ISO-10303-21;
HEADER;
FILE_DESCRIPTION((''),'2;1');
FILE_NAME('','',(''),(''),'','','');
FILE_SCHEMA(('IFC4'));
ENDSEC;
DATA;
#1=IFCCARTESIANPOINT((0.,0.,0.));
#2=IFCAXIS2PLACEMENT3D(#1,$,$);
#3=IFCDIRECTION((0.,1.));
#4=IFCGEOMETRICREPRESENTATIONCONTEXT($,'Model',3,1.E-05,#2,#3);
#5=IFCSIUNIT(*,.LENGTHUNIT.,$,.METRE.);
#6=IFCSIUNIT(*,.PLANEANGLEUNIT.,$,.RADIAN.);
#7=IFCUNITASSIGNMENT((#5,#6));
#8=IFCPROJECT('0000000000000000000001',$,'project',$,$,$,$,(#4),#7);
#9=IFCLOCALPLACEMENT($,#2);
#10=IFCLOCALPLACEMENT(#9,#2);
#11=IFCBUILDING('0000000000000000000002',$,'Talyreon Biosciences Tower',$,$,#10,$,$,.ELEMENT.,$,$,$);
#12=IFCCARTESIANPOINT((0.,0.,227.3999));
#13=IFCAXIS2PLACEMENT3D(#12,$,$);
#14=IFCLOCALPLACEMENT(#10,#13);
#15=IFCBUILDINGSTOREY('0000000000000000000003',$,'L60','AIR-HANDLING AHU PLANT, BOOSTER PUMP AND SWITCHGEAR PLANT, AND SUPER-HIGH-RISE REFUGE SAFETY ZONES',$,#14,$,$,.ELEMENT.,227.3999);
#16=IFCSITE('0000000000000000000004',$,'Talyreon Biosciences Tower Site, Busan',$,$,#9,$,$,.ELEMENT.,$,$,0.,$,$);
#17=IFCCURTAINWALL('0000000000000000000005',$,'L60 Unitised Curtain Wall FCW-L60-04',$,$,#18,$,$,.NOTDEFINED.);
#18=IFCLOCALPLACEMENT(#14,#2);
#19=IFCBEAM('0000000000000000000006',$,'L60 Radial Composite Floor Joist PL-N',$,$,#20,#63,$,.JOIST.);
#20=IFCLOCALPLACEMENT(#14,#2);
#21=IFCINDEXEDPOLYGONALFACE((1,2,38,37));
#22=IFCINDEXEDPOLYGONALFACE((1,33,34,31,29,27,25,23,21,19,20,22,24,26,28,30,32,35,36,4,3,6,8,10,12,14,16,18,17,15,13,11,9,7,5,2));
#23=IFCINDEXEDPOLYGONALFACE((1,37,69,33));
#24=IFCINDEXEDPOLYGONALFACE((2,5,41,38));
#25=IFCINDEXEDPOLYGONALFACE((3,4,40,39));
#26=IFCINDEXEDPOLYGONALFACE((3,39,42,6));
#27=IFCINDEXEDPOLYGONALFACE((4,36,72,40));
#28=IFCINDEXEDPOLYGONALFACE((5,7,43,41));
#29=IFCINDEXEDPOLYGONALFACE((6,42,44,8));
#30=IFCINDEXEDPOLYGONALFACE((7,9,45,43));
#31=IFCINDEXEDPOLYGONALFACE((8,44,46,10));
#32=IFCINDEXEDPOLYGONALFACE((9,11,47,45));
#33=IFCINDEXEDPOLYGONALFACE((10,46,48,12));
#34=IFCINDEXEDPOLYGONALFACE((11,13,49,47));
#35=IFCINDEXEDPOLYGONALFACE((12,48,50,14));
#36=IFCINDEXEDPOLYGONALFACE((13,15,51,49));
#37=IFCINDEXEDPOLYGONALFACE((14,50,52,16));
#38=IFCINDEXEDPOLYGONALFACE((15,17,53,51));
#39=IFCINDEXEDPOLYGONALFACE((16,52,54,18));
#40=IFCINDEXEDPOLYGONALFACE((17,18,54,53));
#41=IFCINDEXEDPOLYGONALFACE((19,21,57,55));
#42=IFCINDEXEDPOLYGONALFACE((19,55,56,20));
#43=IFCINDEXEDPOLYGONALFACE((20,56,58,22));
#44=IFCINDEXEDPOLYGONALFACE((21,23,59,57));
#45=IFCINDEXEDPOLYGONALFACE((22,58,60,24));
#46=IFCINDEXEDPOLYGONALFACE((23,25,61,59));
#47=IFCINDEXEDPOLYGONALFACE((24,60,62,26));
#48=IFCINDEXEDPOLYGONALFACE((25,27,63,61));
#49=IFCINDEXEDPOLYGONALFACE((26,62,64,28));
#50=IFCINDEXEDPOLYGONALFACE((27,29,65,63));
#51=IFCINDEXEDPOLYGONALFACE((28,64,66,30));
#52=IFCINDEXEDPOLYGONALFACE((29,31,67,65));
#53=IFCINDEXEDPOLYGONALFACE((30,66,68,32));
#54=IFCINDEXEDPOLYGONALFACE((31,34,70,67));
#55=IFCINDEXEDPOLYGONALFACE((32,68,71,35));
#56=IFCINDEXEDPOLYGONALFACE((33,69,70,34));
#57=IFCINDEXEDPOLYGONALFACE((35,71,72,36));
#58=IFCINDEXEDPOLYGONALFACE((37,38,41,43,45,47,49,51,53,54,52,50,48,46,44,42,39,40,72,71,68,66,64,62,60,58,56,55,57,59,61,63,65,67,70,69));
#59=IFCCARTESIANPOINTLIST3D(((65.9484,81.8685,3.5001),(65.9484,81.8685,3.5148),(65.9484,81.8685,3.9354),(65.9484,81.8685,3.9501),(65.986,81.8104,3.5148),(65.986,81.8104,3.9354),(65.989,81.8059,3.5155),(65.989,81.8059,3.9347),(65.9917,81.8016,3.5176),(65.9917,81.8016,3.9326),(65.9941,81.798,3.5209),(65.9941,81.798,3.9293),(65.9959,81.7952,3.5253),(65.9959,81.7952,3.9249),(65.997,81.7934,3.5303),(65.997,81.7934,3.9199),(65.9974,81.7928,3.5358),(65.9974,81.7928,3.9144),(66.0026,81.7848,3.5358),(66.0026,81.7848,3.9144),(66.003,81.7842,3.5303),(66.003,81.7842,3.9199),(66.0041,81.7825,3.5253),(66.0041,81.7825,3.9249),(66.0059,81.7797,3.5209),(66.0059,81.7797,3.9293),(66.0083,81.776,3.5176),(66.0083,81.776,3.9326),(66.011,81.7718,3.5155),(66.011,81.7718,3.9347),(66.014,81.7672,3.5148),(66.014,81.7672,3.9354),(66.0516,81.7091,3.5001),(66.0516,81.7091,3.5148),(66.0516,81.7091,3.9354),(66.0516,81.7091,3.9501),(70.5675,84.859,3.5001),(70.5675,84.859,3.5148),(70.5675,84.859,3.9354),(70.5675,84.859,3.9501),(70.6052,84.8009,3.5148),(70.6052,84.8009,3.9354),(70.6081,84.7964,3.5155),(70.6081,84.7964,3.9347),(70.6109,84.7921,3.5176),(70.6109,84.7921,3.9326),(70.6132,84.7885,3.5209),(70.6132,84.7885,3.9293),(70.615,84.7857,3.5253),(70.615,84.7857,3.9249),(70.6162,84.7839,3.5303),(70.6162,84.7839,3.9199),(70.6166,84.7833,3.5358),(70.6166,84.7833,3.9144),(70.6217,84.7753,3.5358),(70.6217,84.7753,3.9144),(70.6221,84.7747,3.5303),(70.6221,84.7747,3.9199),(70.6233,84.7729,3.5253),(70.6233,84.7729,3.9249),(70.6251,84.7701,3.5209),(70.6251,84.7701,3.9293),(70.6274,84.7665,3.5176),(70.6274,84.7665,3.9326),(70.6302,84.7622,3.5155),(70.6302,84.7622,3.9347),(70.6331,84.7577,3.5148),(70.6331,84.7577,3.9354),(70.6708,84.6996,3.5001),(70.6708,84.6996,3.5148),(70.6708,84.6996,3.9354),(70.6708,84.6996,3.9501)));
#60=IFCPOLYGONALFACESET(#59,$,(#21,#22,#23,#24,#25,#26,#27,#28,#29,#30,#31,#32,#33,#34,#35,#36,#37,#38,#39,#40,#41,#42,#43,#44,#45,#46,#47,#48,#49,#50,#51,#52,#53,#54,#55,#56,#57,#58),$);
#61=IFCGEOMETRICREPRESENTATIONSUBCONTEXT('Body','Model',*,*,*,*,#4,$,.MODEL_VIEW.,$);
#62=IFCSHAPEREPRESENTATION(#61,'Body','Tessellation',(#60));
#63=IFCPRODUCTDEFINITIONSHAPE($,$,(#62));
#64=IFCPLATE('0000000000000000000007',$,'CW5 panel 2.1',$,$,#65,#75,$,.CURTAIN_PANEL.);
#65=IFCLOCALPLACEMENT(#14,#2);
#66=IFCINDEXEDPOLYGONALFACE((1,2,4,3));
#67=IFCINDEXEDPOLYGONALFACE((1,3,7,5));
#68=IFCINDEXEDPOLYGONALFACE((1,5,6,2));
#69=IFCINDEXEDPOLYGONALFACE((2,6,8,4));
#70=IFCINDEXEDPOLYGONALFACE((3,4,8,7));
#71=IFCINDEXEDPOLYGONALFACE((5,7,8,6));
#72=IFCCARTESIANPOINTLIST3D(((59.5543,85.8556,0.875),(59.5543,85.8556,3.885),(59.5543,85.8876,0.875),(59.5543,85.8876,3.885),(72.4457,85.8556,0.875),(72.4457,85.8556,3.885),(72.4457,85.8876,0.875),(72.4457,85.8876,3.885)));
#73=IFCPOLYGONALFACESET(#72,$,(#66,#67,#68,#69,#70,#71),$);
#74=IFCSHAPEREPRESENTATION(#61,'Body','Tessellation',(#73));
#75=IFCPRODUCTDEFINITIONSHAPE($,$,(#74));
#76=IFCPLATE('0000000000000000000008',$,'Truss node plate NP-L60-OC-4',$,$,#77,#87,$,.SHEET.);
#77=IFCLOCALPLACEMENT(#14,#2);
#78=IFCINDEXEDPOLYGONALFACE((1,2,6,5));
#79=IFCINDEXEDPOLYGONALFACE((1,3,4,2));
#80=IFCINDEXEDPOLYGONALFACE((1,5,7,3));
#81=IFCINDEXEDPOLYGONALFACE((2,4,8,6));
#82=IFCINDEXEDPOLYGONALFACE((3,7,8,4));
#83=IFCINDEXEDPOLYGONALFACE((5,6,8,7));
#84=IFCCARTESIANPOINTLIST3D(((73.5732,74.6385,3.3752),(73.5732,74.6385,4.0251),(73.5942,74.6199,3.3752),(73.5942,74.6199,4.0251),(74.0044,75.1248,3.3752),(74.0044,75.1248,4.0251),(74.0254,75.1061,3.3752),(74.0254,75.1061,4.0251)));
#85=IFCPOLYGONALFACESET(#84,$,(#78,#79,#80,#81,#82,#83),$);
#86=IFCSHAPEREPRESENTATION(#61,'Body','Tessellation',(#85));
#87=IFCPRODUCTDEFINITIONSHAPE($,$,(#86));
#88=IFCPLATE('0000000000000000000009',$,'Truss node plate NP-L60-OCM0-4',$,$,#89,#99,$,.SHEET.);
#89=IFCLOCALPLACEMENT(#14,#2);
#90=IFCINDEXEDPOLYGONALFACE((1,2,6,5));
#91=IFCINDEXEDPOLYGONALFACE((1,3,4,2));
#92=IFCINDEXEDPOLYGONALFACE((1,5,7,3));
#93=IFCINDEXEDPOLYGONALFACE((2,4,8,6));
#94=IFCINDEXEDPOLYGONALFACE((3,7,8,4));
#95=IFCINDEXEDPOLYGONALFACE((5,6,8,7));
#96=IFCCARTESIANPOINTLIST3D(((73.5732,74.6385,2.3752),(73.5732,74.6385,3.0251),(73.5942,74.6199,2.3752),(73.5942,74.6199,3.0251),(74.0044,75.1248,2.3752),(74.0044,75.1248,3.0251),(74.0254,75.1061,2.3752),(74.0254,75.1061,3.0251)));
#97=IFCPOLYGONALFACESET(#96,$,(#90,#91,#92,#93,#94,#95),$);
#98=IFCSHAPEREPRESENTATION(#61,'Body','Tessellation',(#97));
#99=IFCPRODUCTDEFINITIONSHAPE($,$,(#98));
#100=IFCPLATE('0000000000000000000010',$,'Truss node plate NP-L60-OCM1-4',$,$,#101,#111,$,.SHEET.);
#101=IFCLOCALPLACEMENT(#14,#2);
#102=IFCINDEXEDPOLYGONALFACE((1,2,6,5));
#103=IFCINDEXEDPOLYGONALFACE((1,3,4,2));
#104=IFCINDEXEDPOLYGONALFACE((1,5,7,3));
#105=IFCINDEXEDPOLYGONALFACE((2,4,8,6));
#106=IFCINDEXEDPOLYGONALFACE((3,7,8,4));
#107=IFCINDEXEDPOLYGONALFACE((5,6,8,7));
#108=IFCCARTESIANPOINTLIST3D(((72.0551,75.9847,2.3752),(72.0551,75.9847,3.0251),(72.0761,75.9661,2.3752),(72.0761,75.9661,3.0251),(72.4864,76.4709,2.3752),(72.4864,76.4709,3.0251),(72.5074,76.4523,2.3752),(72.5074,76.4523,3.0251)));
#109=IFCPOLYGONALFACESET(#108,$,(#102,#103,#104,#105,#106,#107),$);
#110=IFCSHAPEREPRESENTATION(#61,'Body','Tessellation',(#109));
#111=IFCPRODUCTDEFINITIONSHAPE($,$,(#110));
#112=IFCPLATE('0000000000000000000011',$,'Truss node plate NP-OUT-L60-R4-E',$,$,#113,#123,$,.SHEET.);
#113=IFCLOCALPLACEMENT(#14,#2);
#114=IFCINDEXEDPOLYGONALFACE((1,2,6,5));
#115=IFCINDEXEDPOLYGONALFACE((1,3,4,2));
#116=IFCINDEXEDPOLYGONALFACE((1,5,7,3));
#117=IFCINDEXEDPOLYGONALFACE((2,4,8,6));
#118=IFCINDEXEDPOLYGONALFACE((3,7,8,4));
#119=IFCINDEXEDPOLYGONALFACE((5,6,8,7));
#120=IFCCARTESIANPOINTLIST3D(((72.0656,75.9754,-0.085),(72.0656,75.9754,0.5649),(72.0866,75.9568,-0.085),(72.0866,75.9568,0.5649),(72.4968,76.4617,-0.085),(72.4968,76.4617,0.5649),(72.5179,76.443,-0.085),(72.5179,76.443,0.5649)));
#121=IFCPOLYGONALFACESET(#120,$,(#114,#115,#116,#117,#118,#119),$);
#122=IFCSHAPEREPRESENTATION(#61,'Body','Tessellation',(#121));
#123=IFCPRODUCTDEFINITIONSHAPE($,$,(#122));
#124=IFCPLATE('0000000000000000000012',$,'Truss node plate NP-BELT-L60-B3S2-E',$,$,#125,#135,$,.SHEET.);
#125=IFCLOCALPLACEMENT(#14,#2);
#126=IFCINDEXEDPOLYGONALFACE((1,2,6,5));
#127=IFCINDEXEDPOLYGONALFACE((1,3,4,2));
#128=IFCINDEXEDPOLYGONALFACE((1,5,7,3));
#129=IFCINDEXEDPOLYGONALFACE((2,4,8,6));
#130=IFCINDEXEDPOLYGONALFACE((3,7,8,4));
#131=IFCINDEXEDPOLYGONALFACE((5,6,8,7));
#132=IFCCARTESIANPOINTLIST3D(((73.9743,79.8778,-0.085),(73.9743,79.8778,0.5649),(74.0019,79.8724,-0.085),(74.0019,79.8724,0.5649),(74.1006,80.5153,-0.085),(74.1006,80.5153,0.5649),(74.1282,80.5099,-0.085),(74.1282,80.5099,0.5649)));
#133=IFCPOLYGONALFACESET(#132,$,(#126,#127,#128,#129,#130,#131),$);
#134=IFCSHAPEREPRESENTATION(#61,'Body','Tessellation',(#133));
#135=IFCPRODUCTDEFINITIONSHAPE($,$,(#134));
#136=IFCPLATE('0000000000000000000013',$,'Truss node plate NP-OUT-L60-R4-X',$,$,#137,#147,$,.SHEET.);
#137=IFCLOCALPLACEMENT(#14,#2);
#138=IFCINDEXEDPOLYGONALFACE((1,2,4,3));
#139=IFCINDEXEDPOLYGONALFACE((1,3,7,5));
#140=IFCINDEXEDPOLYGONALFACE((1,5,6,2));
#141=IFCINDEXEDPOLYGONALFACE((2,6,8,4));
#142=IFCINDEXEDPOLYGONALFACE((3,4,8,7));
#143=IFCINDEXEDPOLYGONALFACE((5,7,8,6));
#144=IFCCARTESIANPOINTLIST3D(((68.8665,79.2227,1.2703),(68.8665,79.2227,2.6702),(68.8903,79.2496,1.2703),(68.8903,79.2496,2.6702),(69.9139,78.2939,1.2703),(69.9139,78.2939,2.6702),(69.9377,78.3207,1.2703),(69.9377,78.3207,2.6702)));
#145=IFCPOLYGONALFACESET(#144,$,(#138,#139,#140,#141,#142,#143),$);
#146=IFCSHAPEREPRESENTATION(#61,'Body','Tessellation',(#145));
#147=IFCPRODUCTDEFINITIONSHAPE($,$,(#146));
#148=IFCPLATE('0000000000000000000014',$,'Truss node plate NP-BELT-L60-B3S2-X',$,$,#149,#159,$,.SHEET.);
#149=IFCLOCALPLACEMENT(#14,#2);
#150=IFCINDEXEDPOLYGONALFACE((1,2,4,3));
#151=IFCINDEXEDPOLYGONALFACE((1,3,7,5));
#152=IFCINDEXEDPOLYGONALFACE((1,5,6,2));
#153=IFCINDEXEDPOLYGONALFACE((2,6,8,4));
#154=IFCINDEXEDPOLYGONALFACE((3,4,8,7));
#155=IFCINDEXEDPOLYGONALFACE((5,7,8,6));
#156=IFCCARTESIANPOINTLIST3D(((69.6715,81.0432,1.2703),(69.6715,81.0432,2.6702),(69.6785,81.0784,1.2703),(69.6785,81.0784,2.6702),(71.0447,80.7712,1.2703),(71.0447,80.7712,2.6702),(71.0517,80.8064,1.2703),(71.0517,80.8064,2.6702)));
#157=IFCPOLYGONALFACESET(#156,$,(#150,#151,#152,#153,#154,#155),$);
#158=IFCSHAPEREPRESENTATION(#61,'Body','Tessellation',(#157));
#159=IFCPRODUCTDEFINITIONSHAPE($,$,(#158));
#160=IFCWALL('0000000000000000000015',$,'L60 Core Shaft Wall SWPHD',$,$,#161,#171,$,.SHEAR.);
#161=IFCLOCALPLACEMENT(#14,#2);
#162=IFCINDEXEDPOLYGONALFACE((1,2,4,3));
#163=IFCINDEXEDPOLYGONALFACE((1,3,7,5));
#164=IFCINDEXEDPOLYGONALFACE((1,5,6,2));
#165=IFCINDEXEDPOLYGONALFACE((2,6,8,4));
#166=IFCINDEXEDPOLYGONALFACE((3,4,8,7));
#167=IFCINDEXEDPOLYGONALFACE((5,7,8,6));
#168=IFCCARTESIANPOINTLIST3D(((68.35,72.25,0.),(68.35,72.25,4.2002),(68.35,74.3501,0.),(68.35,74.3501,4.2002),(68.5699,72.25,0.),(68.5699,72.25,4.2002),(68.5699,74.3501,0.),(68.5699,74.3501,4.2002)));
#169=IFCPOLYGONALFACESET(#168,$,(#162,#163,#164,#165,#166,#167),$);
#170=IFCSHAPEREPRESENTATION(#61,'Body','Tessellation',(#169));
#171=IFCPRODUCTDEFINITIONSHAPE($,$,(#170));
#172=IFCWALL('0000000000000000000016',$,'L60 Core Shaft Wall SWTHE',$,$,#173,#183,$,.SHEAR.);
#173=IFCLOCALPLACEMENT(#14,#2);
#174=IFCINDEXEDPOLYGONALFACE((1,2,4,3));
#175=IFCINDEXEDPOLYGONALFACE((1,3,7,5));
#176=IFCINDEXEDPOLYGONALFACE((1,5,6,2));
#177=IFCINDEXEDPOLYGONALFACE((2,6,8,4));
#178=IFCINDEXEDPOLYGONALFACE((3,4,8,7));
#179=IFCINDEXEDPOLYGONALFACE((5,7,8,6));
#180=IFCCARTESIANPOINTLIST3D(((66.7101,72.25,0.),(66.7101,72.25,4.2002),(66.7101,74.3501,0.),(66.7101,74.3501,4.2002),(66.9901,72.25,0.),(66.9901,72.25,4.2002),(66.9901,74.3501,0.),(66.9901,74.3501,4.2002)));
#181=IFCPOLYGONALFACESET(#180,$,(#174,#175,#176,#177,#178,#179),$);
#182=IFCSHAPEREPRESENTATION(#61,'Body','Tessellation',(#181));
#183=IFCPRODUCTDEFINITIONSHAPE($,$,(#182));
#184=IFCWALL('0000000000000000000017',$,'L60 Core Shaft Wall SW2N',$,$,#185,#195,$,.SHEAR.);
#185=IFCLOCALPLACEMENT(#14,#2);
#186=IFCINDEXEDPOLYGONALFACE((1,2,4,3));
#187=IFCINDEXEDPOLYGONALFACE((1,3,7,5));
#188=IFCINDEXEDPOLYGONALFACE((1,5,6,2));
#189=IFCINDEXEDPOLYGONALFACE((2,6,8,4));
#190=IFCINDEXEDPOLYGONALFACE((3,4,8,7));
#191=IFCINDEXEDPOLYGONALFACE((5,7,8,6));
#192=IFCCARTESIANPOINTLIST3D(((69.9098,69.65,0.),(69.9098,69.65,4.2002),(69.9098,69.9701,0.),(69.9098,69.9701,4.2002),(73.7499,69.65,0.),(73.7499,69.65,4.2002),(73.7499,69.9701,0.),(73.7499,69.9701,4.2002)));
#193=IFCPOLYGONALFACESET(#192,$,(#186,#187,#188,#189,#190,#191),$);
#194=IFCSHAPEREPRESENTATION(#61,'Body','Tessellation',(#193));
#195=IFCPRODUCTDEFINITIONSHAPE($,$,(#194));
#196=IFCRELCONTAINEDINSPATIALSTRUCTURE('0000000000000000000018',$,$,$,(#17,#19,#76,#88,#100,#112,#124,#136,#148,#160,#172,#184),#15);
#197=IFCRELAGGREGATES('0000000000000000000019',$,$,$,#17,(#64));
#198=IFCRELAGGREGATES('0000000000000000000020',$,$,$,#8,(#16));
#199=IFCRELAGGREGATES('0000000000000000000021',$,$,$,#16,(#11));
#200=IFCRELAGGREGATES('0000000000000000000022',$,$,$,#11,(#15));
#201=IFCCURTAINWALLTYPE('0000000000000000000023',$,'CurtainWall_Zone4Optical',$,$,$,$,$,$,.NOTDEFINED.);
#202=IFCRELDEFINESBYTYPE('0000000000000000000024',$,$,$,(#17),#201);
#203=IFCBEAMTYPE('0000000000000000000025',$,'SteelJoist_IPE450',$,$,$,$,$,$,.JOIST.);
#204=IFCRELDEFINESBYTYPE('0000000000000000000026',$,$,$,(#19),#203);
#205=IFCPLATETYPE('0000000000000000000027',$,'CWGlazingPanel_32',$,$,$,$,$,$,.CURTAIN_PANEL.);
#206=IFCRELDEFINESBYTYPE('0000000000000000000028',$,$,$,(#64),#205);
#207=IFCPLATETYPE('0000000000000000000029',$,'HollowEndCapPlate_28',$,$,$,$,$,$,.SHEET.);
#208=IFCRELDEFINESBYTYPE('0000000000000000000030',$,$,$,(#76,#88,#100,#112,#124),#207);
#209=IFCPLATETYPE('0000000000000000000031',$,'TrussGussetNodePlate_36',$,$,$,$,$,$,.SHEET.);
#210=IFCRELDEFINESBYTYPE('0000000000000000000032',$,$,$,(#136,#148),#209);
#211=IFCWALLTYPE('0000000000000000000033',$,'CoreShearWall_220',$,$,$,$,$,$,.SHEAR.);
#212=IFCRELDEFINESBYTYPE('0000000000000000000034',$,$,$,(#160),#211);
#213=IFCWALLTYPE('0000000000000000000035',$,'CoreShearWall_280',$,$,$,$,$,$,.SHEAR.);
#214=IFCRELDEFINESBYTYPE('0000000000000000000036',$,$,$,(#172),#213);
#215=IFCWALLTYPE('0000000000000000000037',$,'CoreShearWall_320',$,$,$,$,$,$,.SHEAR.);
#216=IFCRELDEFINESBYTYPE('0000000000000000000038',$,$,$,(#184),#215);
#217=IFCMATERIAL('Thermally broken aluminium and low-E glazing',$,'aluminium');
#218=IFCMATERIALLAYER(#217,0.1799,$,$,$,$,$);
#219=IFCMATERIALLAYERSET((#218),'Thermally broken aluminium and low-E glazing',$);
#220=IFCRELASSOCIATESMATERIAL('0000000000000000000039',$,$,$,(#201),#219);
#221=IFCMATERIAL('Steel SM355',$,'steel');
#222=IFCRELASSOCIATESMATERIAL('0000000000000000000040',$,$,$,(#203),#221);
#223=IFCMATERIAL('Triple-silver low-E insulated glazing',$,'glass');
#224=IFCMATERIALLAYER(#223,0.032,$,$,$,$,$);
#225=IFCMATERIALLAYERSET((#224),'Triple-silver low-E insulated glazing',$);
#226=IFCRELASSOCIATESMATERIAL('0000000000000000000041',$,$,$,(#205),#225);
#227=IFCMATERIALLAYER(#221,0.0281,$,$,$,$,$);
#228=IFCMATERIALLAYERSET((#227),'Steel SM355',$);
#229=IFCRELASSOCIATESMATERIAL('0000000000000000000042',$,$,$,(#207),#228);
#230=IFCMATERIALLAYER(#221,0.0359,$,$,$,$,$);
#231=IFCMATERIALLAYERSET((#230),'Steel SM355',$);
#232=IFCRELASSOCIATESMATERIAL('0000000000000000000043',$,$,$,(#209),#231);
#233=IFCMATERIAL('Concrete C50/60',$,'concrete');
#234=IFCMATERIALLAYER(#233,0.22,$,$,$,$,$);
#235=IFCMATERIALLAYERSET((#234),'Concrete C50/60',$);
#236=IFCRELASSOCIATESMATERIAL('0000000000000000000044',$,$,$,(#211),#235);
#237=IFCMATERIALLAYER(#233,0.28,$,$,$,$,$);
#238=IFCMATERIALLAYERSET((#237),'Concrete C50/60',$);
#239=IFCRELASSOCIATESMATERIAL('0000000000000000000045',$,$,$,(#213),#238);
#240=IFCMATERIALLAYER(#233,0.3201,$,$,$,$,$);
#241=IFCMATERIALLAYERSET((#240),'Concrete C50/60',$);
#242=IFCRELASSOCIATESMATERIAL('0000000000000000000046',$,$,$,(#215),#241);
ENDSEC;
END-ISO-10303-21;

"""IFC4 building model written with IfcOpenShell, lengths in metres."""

from ifc_helpers import new_model, si_unit, direction, frame, frame_2d, origin, origin_2d, place, context, subcontext, project, spatial, rectangle, i_section, extrude, material, layer, layer_set, material_profile, profile_set, type_object, element, aggregate, save


model = new_model("IFC4")

# Units and contexts
model_context = context("Model", 3, precision=1e-05, world=origin(), true_north=direction((0.0, 1.0)))
body_context = subcontext(model_context, "Body", "Model", "MODEL_VIEW")
ifc_project = project(units=[si_unit("LENGTHUNIT", "METRE"), si_unit("PLANEANGLEUNIT", "RADIAN")], contexts=[model_context])

# Site, building, storey
site_placement = place(None, origin())
site = spatial("IfcSite", under=ifc_project, at=site_placement, Name="Talyreon Biosciences Tower Site, Busan", CompositionType="ELEMENT", RefElevation=0.0)
building_placement = place(site_placement, origin())
building = spatial("IfcBuilding", under=site, at=building_placement, Name="Talyreon Biosciences Tower", CompositionType="ELEMENT")
storey_placement = place(building_placement, frame((0.0, 0.0, 227.3999)))
storey = spatial("IfcBuildingStorey", under=building, at=storey_placement, Name="L60", Description="AIR-HANDLING AHU PLANT, BOOSTER PUMP AND SWITCHGEAR PLANT, AND SUPER-HIGH-RISE REFUGE SAFETY ZONES", CompositionType="ELEMENT", Elevation=227.3999)

# Shared definitions
ifc_material_1 = material(Name="Concrete C50/60", Category="concrete")

# Shared definitions
ifc_material_2 = material(Name="Steel SM355", Category="steel")

# Curtain wall
ifc_material_3 = material(Name="Thermally broken aluminium and low-E glazing", Category="aluminium")
ifc_layer_1 = layer(ifc_material_3, 0.1799)
ifc_layer_set_1 = layer_set([ifc_layer_1], Name="Thermally broken aluminium and low-E glazing")
curtain_wall_type = type_object("IfcCurtainWallType", Name="CurtainWall_Zone4Optical", PredefinedType="NOTDEFINED", material=ifc_layer_set_1)
curtain_wall_placement = place(storey_placement, origin())
curtain_wall = element("IfcCurtainWall", 1, at=curtain_wall_placement, inside=storey, type_object=curtain_wall_type, Name="L60 Unitised Curtain Wall FCW-L60-04", PredefinedType="NOTDEFINED")

# Beam
ifc_material_profile_1 = material_profile(ifc_material_2, i_section(OverallWidth=0.1899, OverallDepth=0.45, WebThickness=0.0095, FlangeThickness=0.0146, FilletRadius=0.021, at=origin_2d()), Name="IPE450")
ifc_profile_set_1 = profile_set([ifc_material_profile_1], Name="Steel SM355")
beam_type_1 = type_object("IfcBeamType", Name="SteelJoist_IPE450", PredefinedType="JOIST", material=ifc_profile_set_1)
beam_1_placement = place(storey_placement, frame((66.0, 81.7888, 3.7251), z_axis=(0.839436, 0.543459, 0.0), x_axis=(-0.543459, 0.839436, 0.0)))
element("IfcBeam", 2, at=beam_1_placement, inside=storey, type_object=beam_type_1, Name="L60 Radial Composite Floor Joist PL-N", PredefinedType="JOIST", context=body_context, shape_type="SweptSolid", body=[
    extrude(i_section(OverallWidth=0.1899, OverallDepth=0.45, WebThickness=0.0095, FlangeThickness=0.0146, FilletRadius=0.021, at=origin_2d()), origin(), (0.0, 0.0, 1.0), 5.5027),
])

# Plate
ifc_material_4 = material(Name="Triple-silver low-E insulated glazing", Category="glass")
ifc_layer_2 = layer(ifc_material_4, 0.032)
ifc_layer_set_2 = layer_set([ifc_layer_2], Name="Triple-silver low-E insulated glazing")
plate_type_1 = type_object("IfcPlateType", Name="CWGlazingPanel_32", PredefinedType="CURTAIN_PANEL", material=ifc_layer_set_2)
plate_placement = place(storey_placement, frame((66.0, 85.8716, 0.875), z_axis=(0.0, 0.0, 1.0), x_axis=(1.0, 0.0, 0.0)))
plate = element("IfcPlate", 3, at=plate_placement, type_object=plate_type_1, Name="CW5 panel 2.1", PredefinedType="CURTAIN_PANEL", context=body_context, shape_type="SweptSolid", body=[
    extrude(rectangle(XDim=12.8914, YDim=0.032, at=origin_2d()), origin(), (0.0, 0.0, 1.0), 3.01),
])
aggregate(curtain_wall, [plate])

# Plates
ifc_layer_3 = layer(ifc_material_2, 0.0281)
ifc_layer_set_3 = layer_set([ifc_layer_3], Name="Steel SM355")
plate_type_2 = type_object("IfcPlateType", Name="HollowEndCapPlate_28", PredefinedType="SHEET", material=ifc_layer_set_3)
for number, where, z_axis, x_axis, name in (
    (4, (73.7993, 74.8723, 3.3752), (0.0, 0.0, 1.0), (-0.663495, -0.74818, 0.0), "Truss node plate NP-L60-OC-4"),
    (5, (73.7993, 74.8723, 2.3752), (0.0, 0.0, 1.0), (-0.663495, -0.74818, 0.0), "Truss node plate NP-L60-OCM0-4"),
    (6, (72.2812, 76.2185, 2.3752), (0.0, 0.0, 1.0), (-0.663495, -0.74818, 0.0), "Truss node plate NP-L60-OCM1-4"),
    (7, (72.2917, 76.2092, -0.085), (0.0, 0.0, 1.0), (-0.663495, -0.74818, 0.0), "Truss node plate NP-OUT-L60-R4-E"),
    (8, (74.0513, 80.1938, -0.085), (0.0, 0.0, 1.0), (-0.194337, -0.980935, 0.0), "Truss node plate NP-BELT-L60-B3S2-E"),
):
    element("IfcPlate", number, at=place(storey_placement, frame(where, z_axis=z_axis, x_axis=x_axis)), inside=storey, type_object=plate_type_2, Name=name, PredefinedType="SHEET", context=body_context, shape_type="SweptSolid", body=[
        extrude(rectangle(XDim=0.6499, YDim=0.0281, at=origin_2d()), origin(), (0.0, 0.0, 1.0), 0.6499),
    ])
ifc_layer_4 = layer(ifc_material_2, 0.0359)
ifc_layer_set_4 = layer_set([ifc_layer_4], Name="Steel SM355")
plate_type_3 = type_object("IfcPlateType", Name="TrussGussetNodePlate_36", PredefinedType="SHEET", material=ifc_layer_set_4)
for number, where, z_axis, x_axis, name in (
    (9, (69.4021, 78.7717, 1.2703), (0.0, 0.0, 1.0), (-0.74818, 0.663495, 0.0), "Truss node plate NP-OUT-L60-R4-X"),
    (10, (70.3616, 80.9248, 1.2703), (0.0, 0.0, 1.0), (-0.980935, 0.194337, 0.0), "Truss node plate NP-BELT-L60-B3S2-X"),
):
    element("IfcPlate", number, at=place(storey_placement, frame(where, z_axis=z_axis, x_axis=x_axis)), inside=storey, type_object=plate_type_3, Name=name, PredefinedType="SHEET", context=body_context, shape_type="SweptSolid", body=[
        extrude(rectangle(XDim=1.3999, YDim=0.0359, at=origin_2d()), origin(), (0.0, 0.0, 1.0), 1.3999),
    ])

# Walls
ifc_layer_5 = layer(ifc_material_1, 0.22)
ifc_layer_set_5 = layer_set([ifc_layer_5], Name="Concrete C50/60")
wall_type_1 = type_object("IfcWallType", Name="CoreShearWall_220", PredefinedType="SHEAR", material=ifc_layer_set_5)
wall_1_placement = place(storey_placement, frame((68.46, 72.25, 0.0), z_axis=(0.0, 0.0, 1.0), x_axis=(0.0, 1.0, 0.0)))
element("IfcWall", 11, at=wall_1_placement, inside=storey, type_object=wall_type_1, Name="L60 Core Shaft Wall SWPHD", PredefinedType="SHEAR", context=body_context, shape_type="SweptSolid", body=[
    extrude(rectangle(XDim=2.1001, YDim=0.22, at=frame_2d((1.05, 0.0))), origin(), (0.0, 0.0, 1.0), 4.2002),
])
ifc_layer_6 = layer(ifc_material_1, 0.28)
ifc_layer_set_6 = layer_set([ifc_layer_6], Name="Concrete C50/60")
wall_type_2 = type_object("IfcWallType", Name="CoreShearWall_280", PredefinedType="SHEAR", material=ifc_layer_set_6)
wall_2_placement = place(storey_placement, frame((66.8501, 72.25, 0.0), z_axis=(0.0, 0.0, 1.0), x_axis=(0.0, 1.0, 0.0)))
element("IfcWall", 12, at=wall_2_placement, inside=storey, type_object=wall_type_2, Name="L60 Core Shaft Wall SWTHE", PredefinedType="SHEAR", context=body_context, shape_type="SweptSolid", body=[
    extrude(rectangle(XDim=2.1001, YDim=0.28, at=frame_2d((1.05, 0.0))), origin(), (0.0, 0.0, 1.0), 4.2002),
])
ifc_layer_7 = layer(ifc_material_1, 0.3201)
ifc_layer_set_7 = layer_set([ifc_layer_7], Name="Concrete C50/60")
wall_type_3 = type_object("IfcWallType", Name="CoreShearWall_320", PredefinedType="SHEAR", material=ifc_layer_set_7)
wall_3_placement = place(storey_placement, frame((69.9099, 69.8101, 0.0), z_axis=(0.0, 0.0, 1.0), x_axis=(1.0, 0.0, 0.0)))
element("IfcWall", 13, at=wall_3_placement, inside=storey, type_object=wall_type_3, Name="L60 Core Shaft Wall SW2N", PredefinedType="SHEAR", context=body_context, shape_type="SweptSolid", body=[
    extrude(rectangle(XDim=3.8401, YDim=0.3201, at=frame_2d((1.9199, 0.0))), origin(), (0.0, 0.0, 1.0), 4.2002),
])

save(model, "model.ifc")
